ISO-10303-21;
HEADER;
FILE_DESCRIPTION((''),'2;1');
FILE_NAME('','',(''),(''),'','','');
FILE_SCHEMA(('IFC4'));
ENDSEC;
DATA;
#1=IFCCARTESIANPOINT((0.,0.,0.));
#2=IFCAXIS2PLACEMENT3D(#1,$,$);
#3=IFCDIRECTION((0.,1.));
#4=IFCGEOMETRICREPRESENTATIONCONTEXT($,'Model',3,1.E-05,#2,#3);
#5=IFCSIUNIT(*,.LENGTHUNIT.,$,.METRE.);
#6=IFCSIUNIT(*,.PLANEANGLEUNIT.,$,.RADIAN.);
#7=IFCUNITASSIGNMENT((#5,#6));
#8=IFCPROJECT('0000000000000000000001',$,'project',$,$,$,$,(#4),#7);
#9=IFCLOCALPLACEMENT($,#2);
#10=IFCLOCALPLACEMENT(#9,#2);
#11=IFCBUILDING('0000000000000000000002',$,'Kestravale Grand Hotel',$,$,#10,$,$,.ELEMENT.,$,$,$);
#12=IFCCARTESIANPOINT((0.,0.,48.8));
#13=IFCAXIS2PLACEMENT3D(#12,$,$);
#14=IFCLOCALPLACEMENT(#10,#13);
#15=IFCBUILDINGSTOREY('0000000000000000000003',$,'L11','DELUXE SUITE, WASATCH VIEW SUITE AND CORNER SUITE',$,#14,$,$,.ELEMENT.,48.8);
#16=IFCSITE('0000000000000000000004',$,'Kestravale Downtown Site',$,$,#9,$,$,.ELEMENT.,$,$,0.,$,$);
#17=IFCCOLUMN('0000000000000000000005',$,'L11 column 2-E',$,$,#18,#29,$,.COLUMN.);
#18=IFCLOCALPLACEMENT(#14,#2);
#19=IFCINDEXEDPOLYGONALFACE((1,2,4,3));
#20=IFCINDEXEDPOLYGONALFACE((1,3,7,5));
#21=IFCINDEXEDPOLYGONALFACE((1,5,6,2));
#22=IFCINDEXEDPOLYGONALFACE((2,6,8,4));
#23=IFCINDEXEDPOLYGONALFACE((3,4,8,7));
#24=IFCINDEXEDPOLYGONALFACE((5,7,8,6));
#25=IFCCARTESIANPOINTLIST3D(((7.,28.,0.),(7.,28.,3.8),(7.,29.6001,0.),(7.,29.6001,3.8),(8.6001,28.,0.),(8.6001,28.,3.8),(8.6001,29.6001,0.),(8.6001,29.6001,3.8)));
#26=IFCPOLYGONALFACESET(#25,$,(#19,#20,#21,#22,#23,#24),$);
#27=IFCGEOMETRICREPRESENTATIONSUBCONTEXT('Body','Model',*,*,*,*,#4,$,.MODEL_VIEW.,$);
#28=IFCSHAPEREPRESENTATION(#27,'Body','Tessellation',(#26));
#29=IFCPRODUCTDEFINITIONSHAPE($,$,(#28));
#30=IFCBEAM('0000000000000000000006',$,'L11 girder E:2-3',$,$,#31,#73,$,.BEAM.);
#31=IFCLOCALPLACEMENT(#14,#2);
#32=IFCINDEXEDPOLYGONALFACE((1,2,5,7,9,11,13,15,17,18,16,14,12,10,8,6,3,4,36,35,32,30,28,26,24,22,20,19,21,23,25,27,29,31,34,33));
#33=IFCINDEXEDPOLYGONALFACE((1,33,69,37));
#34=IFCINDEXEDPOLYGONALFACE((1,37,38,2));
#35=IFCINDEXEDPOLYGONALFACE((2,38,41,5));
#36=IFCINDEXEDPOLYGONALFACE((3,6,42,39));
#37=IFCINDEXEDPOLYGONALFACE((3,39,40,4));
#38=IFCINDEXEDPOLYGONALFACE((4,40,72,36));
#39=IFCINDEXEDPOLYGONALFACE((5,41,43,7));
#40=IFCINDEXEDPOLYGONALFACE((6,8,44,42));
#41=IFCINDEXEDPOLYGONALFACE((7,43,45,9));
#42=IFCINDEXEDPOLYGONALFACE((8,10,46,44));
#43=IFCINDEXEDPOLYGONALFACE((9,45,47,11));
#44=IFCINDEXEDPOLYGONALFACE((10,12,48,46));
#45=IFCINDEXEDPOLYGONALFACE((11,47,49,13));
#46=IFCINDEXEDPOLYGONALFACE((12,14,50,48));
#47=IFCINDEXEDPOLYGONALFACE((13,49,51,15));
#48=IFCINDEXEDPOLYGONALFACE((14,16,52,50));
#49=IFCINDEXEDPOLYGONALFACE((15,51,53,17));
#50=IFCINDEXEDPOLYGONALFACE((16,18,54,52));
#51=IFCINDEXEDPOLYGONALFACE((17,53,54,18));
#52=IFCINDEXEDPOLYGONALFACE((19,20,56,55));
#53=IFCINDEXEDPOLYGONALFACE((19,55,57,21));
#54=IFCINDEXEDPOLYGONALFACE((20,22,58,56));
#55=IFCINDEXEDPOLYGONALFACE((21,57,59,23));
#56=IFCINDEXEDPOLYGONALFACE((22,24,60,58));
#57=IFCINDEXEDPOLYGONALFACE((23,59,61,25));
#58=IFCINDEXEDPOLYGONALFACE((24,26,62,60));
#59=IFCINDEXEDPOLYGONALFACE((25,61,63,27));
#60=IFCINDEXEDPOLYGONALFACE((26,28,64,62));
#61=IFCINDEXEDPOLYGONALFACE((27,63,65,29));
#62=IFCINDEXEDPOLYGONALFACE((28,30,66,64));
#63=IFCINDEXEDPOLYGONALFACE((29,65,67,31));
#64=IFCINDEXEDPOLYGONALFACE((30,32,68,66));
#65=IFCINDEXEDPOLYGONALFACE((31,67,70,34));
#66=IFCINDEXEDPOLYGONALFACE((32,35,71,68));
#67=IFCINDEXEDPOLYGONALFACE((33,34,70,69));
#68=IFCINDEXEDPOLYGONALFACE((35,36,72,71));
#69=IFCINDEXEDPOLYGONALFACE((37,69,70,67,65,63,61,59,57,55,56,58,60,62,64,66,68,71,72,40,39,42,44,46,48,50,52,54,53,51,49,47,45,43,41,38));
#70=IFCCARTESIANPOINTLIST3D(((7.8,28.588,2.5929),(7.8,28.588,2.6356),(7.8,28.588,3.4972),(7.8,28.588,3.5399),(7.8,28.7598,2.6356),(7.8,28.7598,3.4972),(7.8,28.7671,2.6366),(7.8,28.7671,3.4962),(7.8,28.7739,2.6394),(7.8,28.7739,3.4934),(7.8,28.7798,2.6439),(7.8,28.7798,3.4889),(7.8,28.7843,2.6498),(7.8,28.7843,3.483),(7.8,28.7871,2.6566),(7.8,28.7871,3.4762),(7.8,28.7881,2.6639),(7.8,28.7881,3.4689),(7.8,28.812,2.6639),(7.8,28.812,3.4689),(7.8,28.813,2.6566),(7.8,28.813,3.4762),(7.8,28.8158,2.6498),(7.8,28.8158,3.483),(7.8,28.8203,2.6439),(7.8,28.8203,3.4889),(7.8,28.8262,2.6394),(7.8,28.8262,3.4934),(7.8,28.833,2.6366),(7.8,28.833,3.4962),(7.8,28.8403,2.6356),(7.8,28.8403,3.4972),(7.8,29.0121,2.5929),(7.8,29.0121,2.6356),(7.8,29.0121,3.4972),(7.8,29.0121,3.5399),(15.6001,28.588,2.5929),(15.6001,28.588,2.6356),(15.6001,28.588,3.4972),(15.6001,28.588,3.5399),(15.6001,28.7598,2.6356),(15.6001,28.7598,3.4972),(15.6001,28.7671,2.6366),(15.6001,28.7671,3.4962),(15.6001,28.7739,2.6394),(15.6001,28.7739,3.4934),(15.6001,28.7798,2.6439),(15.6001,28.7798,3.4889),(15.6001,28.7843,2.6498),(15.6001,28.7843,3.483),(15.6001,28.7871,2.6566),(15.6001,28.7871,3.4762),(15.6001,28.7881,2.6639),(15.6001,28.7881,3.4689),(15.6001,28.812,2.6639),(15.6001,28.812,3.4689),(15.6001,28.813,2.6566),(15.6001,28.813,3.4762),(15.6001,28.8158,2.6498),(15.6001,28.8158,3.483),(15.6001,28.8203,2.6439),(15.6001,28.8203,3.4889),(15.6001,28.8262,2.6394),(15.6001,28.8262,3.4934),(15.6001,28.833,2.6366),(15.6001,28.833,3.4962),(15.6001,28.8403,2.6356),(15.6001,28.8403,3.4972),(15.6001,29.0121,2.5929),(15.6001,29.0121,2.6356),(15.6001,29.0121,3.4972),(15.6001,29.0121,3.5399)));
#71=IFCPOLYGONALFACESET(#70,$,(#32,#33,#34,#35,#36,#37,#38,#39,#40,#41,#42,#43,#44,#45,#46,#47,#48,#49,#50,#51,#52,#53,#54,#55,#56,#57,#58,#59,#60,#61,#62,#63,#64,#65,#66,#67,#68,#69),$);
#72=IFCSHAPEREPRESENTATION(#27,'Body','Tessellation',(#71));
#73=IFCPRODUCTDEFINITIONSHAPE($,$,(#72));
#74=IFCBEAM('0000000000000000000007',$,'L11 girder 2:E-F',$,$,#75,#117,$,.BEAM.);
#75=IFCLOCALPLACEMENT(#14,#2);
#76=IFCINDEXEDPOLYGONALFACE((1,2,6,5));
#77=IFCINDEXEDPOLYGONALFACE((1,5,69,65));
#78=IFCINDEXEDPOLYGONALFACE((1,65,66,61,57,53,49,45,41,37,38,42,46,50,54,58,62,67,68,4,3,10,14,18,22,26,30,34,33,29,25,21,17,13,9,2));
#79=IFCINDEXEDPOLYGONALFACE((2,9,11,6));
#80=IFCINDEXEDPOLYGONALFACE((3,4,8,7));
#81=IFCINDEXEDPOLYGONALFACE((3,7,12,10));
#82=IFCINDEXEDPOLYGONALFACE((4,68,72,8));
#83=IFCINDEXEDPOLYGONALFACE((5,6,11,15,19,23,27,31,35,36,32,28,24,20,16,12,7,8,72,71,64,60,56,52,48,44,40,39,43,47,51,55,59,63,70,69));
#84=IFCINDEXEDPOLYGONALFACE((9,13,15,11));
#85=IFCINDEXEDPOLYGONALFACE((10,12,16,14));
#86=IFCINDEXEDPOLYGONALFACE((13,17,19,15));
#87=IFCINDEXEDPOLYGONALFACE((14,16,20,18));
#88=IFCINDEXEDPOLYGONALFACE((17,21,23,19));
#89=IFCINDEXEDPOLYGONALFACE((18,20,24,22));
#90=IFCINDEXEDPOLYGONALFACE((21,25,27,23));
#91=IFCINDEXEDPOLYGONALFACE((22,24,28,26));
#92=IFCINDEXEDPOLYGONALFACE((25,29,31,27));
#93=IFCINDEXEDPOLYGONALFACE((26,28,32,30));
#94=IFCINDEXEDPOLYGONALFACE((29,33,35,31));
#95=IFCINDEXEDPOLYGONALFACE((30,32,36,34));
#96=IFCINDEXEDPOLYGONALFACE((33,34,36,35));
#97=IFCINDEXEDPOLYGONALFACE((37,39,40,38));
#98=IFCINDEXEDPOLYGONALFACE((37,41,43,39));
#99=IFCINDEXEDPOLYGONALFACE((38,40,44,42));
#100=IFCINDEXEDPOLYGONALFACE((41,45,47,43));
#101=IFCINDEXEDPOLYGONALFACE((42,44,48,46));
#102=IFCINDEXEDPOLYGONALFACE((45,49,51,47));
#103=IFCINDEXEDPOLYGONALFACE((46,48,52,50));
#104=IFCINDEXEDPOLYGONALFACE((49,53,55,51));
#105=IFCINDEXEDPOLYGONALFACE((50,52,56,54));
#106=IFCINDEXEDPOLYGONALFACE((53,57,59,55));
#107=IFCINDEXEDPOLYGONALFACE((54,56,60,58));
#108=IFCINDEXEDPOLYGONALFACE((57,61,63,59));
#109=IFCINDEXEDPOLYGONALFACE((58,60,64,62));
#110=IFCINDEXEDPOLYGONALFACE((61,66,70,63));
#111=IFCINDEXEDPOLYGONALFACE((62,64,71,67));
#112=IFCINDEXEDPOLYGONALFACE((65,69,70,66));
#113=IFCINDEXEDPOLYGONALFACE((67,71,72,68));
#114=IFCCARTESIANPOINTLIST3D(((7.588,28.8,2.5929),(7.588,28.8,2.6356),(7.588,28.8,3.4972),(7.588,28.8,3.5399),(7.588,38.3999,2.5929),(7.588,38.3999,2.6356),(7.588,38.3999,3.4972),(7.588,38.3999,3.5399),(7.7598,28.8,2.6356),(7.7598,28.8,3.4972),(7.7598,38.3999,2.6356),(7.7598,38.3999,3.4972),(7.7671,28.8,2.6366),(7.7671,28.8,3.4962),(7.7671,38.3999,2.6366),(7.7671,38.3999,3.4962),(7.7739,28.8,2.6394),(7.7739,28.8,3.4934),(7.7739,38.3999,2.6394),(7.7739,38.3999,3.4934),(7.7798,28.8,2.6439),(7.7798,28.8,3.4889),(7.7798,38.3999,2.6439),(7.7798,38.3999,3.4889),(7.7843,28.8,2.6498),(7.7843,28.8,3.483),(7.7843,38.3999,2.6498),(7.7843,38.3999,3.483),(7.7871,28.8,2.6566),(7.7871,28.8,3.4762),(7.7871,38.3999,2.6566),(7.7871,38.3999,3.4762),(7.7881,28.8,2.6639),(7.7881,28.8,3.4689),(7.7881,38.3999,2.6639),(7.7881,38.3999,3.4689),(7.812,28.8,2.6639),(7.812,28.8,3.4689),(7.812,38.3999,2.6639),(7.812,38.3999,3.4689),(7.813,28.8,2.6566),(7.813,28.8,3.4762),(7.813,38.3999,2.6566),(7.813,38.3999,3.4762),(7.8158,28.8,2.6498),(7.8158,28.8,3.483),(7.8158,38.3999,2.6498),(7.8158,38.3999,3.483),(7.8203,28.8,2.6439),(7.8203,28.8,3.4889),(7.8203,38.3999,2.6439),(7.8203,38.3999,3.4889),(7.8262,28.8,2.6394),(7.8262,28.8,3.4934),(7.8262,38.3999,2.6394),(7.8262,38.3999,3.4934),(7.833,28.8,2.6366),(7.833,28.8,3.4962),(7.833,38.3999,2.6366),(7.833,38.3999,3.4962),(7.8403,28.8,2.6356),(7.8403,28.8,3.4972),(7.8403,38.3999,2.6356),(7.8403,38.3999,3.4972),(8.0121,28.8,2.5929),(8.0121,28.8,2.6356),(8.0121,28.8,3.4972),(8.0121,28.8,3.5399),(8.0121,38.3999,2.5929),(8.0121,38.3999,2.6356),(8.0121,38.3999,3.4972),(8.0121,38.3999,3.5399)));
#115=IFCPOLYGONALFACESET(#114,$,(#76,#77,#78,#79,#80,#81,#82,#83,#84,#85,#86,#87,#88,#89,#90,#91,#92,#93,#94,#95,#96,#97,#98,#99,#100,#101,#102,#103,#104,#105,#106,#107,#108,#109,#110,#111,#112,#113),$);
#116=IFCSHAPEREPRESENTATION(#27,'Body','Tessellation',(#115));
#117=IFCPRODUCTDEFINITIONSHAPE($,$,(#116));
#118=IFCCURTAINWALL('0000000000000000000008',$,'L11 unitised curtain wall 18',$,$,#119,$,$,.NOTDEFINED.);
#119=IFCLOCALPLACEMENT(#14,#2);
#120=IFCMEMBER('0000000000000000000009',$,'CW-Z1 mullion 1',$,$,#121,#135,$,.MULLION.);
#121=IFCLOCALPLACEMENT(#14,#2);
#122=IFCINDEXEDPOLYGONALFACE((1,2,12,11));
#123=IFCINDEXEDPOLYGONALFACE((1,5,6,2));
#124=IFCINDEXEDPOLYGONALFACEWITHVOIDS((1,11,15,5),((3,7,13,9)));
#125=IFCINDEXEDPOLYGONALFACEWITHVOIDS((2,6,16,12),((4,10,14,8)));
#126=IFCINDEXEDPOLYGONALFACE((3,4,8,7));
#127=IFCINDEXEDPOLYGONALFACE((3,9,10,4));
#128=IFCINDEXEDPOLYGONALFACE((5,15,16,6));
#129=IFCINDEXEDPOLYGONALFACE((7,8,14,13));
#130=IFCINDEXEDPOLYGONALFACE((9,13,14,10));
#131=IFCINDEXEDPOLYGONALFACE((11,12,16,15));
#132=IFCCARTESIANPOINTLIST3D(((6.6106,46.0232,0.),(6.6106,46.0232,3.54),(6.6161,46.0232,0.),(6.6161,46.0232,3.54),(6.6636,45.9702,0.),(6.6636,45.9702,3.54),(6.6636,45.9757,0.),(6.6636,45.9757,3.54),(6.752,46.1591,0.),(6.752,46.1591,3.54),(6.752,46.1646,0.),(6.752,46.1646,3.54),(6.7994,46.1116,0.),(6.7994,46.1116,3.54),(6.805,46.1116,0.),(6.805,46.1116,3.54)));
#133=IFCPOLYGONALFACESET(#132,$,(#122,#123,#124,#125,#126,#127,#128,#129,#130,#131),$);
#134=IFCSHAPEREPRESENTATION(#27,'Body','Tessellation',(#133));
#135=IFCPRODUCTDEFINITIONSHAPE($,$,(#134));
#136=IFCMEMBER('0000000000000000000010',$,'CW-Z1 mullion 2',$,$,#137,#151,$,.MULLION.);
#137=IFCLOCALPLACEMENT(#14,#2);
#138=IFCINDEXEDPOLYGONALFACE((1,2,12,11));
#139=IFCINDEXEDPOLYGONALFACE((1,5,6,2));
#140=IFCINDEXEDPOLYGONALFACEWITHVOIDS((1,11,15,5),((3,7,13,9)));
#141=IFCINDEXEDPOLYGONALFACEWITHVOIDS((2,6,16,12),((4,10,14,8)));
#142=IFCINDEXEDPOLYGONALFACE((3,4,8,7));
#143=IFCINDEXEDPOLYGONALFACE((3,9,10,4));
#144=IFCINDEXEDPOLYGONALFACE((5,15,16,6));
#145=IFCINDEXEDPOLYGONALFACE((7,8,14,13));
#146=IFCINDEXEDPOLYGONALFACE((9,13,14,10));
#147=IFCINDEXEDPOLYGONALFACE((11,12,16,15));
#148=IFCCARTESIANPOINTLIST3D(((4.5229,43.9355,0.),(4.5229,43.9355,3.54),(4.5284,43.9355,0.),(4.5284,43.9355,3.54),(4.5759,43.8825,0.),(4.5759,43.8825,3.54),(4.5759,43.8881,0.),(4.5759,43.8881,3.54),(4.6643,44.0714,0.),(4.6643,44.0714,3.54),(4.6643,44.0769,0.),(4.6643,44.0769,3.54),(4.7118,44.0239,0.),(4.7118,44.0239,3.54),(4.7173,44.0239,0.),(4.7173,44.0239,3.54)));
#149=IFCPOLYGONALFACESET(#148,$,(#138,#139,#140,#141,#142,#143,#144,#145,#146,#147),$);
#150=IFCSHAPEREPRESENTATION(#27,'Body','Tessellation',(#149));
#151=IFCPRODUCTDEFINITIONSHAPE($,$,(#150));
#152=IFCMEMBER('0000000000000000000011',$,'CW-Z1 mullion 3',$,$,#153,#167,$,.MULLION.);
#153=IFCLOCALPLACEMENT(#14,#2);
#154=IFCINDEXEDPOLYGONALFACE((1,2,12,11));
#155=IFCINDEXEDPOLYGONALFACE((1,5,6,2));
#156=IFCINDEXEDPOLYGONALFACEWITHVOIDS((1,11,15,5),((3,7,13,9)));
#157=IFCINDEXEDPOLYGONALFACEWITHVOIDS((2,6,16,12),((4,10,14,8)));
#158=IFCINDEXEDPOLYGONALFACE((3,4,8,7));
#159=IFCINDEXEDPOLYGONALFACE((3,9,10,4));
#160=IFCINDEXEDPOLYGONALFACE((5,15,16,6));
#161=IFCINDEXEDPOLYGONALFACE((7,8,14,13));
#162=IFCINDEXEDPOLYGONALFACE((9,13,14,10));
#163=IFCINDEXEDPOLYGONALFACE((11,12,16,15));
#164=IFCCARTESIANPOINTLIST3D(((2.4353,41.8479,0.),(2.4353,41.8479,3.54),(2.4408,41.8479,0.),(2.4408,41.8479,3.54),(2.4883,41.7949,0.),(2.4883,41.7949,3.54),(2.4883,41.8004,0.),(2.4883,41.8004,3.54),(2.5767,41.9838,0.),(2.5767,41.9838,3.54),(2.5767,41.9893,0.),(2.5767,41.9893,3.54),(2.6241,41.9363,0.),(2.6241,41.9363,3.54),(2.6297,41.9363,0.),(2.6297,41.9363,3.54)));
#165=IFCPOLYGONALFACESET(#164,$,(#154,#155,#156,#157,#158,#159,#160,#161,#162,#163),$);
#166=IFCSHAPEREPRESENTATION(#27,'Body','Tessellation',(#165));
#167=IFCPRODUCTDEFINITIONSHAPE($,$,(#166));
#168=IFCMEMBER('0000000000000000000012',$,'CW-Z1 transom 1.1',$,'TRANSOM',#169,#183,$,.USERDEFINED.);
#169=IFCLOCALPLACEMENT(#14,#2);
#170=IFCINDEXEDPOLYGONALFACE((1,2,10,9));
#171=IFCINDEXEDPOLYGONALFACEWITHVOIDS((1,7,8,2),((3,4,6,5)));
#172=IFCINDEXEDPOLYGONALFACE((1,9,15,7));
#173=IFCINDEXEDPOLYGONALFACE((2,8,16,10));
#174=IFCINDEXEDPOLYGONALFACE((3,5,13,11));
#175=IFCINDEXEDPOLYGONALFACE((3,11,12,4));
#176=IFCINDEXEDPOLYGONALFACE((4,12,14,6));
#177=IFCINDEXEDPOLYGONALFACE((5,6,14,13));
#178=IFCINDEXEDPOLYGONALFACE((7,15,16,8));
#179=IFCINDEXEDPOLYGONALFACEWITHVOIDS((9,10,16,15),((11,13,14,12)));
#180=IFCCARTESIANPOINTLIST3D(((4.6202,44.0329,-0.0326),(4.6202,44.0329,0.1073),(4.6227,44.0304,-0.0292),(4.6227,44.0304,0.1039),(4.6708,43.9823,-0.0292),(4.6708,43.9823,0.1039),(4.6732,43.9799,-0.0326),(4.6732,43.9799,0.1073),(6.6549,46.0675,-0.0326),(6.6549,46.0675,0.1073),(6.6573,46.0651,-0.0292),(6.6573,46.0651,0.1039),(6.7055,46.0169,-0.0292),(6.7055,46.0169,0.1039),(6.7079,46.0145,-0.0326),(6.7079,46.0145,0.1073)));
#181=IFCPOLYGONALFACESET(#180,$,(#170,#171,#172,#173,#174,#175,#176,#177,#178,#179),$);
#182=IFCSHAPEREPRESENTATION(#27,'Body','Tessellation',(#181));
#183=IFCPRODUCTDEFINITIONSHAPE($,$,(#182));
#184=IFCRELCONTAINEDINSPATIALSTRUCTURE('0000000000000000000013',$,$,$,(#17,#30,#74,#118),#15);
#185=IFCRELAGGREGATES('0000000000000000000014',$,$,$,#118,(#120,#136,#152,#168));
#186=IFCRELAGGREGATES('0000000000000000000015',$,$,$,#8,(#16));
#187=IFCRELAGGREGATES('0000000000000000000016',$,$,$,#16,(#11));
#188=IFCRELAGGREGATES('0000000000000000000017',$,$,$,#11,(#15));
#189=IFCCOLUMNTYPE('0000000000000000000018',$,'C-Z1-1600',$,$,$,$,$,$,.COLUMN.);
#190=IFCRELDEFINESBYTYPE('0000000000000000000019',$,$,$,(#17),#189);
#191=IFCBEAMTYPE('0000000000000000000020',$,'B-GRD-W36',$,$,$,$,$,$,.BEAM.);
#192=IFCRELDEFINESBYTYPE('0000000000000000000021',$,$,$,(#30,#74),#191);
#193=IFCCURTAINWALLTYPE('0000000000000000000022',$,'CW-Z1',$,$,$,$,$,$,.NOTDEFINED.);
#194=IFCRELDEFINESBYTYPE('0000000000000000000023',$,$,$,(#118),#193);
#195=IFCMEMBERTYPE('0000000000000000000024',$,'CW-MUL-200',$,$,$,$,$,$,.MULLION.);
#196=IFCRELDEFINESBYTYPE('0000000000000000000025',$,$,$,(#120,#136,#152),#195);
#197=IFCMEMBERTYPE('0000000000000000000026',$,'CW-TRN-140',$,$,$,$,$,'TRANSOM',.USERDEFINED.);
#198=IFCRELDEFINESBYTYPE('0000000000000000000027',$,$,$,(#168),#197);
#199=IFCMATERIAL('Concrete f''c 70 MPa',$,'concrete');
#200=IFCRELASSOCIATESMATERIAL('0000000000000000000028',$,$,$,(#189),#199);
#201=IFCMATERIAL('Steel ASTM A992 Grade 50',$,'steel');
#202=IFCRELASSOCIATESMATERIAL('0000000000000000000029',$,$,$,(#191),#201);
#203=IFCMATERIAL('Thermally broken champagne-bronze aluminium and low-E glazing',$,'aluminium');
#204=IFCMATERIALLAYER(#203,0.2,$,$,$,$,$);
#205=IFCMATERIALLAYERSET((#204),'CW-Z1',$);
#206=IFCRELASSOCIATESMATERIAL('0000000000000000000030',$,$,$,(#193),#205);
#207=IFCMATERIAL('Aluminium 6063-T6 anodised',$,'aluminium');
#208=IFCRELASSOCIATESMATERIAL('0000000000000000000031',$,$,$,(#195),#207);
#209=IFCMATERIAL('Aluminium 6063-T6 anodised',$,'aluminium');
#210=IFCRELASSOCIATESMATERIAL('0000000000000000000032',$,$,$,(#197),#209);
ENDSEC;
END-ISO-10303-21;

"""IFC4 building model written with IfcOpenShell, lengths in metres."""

from ifc_helpers import new_model, si_unit, direction, frame, origin, origin_2d, place, context, subcontext, project, spatial, rectangle, hollow_rectangle, i_section, extrude, material, layer, layer_set, material_profile, profile_set, type_object, element, aggregate, save


model = new_model("IFC4")

# Units and contexts
model_context = context("Model", 3, precision=1e-05, world=origin(), true_north=direction((0.0, 1.0)))
body_context = subcontext(model_context, "Body", "Model", "MODEL_VIEW")
ifc_project = project(units=[si_unit("LENGTHUNIT", "METRE"), si_unit("PLANEANGLEUNIT", "RADIAN")], contexts=[model_context])

# Site, building, storey
site_placement = place(None, origin())
site = spatial("IfcSite", under=ifc_project, at=site_placement, Name="Kestravale Downtown Site", CompositionType="ELEMENT", RefElevation=0.0)
building_placement = place(site_placement, origin())
building = spatial("IfcBuilding", under=site, at=building_placement, Name="Kestravale Grand Hotel", CompositionType="ELEMENT")
storey_placement = place(building_placement, frame((0.0, 0.0, 48.8)))
storey = spatial("IfcBuildingStorey", under=building, at=storey_placement, Name="L11", Description="DELUXE SUITE, WASATCH VIEW SUITE AND CORNER SUITE", CompositionType="ELEMENT", Elevation=48.8)

# Column
ifc_material_1 = material(Name="Concrete f'c 70 MPa", Category="concrete")
ifc_material_profile_1 = material_profile(ifc_material_1, rectangle(XDim=1.6001, YDim=1.6001, at=origin_2d()))
ifc_profile_set_1 = profile_set([ifc_material_profile_1], Name="Concrete f'c 70 MPa")
column_type = type_object("IfcColumnType", Name="C-Z1-1600", PredefinedType="COLUMN", material=ifc_profile_set_1)
column_placement = place(storey_placement, frame((7.8, 28.8, 0.0), z_axis=(0.0, 0.0, 1.0), x_axis=(1.0, 0.0, 0.0)))
element("IfcColumn", 1, at=column_placement, inside=storey, type_object=column_type, Name="L11 column 2-E", PredefinedType="COLUMN", context=body_context, shape_type="SweptSolid", body=[
    extrude(rectangle(XDim=1.6001, YDim=1.6001, at=origin_2d()), origin(), (0.0, 0.0, 1.0), 3.8),
])

# Beams
ifc_material_2 = material(Name="Steel ASTM A992 Grade 50", Category="steel")
ifc_material_profile_2 = material_profile(ifc_material_2, i_section(OverallWidth=0.4241, OverallDepth=0.947, WebThickness=0.0239, FlangeThickness=0.0427, FilletRadius=0.0283, at=origin_2d()))
ifc_profile_set_2 = profile_set([ifc_material_profile_2], Name="Steel ASTM A992 Grade 50")
beam_type = type_object("IfcBeamType", Name="B-GRD-W36", PredefinedType="BEAM", material=ifc_profile_set_2)
beam_1_placement = place(storey_placement, frame((7.8, 28.8, 3.0664), z_axis=(1.0, 0.0, 0.0), x_axis=(0.0, 1.0, 0.0)))
element("IfcBeam", 2, at=beam_1_placement, inside=storey, type_object=beam_type, Name="L11 girder E:2-3", PredefinedType="BEAM", context=body_context, shape_type="SweptSolid", body=[
    extrude(i_section(OverallWidth=0.4241, OverallDepth=0.947, WebThickness=0.0239, FlangeThickness=0.0427, FilletRadius=0.0283, at=origin_2d()), origin(), (0.0, 0.0, 1.0), 7.8),
])
beam_2_placement = place(storey_placement, frame((7.8, 28.8, 3.0664), z_axis=(0.0, 1.0, 0.0), x_axis=(-1.0, 0.0, 0.0)))
element("IfcBeam", 3, at=beam_2_placement, inside=storey, type_object=beam_type, Name="L11 girder 2:E-F", PredefinedType="BEAM", context=body_context, shape_type="SweptSolid", body=[
    extrude(i_section(OverallWidth=0.4241, OverallDepth=0.947, WebThickness=0.0239, FlangeThickness=0.0427, FilletRadius=0.0283, at=origin_2d()), origin(), (0.0, 0.0, 1.0), 9.5999),
])

# Curtain wall, members
ifc_material_3 = material(Name="Thermally broken champagne-bronze aluminium and low-E glazing", Category="aluminium")
ifc_layer_1 = layer(ifc_material_3, 0.2)
ifc_layer_set_1 = layer_set([ifc_layer_1], Name="CW-Z1")
curtain_wall_type = type_object("IfcCurtainWallType", Name="CW-Z1", PredefinedType="NOTDEFINED", material=ifc_layer_set_1)
curtain_wall_placement = place(storey_placement, origin())
curtain_wall = element("IfcCurtainWall", 4, at=curtain_wall_placement, inside=storey, type_object=curtain_wall_type, Name="L11 unitised curtain wall 18", PredefinedType="NOTDEFINED")
ifc_material_4 = material(Name="Aluminium 6063-T6 anodised", Category="aluminium")
ifc_material_profile_3 = material_profile(ifc_material_4, hollow_rectangle(XDim=0.075, YDim=0.2, WallThickness=0.0039, at=origin_2d()))
ifc_profile_set_3 = profile_set([ifc_material_profile_3], Name="Aluminium 6063-T6 anodised")
member_type_1 = type_object("IfcMemberType", Name="CW-MUL-200", PredefinedType="MULLION", material=ifc_profile_set_3)
member_1_placement = place(storey_placement, frame((6.7078, 46.0674, 0.0), z_axis=(0.0, 0.0, 1.0), x_axis=(0.707107, -0.707107, 0.0)))
member_1 = element("IfcMember", 5, at=member_1_placement, type_object=member_type_1, Name="CW-Z1 mullion 1", PredefinedType="MULLION", context=body_context, shape_type="SweptSolid", body=[
    extrude(hollow_rectangle(XDim=0.075, YDim=0.2, WallThickness=0.0039, at=origin_2d()), origin(), (0.0, 0.0, 1.0), 3.54),
])
member_2_placement = place(storey_placement, frame((4.6201, 43.9797, 0.0), z_axis=(0.0, 0.0, 1.0), x_axis=(0.707107, -0.707107, 0.0)))
member_2 = element("IfcMember", 6, at=member_2_placement, type_object=member_type_1, Name="CW-Z1 mullion 2", PredefinedType="MULLION", context=body_context, shape_type="SweptSolid", body=[
    extrude(hollow_rectangle(XDim=0.075, YDim=0.2, WallThickness=0.0039, at=origin_2d()), origin(), (0.0, 0.0, 1.0), 3.54),
])
member_3_placement = place(storey_placement, frame((2.5325, 41.8921, 0.0), z_axis=(0.0, 0.0, 1.0), x_axis=(0.707107, -0.707107, 0.0)))
member_3 = element("IfcMember", 7, at=member_3_placement, type_object=member_type_1, Name="CW-Z1 mullion 3", PredefinedType="MULLION", context=body_context, shape_type="SweptSolid", body=[
    extrude(hollow_rectangle(XDim=0.075, YDim=0.2, WallThickness=0.0039, at=origin_2d()), origin(), (0.0, 0.0, 1.0), 3.54),
])
ifc_material_5 = material(Name="Aluminium 6063-T6 anodised", Category="aluminium")
ifc_material_profile_4 = material_profile(ifc_material_5, hollow_rectangle(XDim=0.075, YDim=0.1399, WallThickness=0.0034, at=origin_2d()))
ifc_profile_set_4 = profile_set([ifc_material_profile_4], Name="Aluminium 6063-T6 anodised")
member_type_2 = type_object("IfcMemberType", Name="CW-TRN-140", ElementType="TRANSOM", PredefinedType="USERDEFINED", material=ifc_profile_set_4)
member_4_placement = place(storey_placement, frame((6.6814, 46.041, 0.0374), z_axis=(-0.707107, -0.707107, 0.0), x_axis=(0.707107, -0.707107, 0.0)))
member_4 = element("IfcMember", 8, at=member_4_placement, type_object=member_type_2, Name="CW-Z1 transom 1.1", ObjectType="TRANSOM", PredefinedType="USERDEFINED", context=body_context, shape_type="SweptSolid", body=[
    extrude(hollow_rectangle(XDim=0.075, YDim=0.1399, WallThickness=0.0034, at=origin_2d()), origin(), (0.0, 0.0, 1.0), 2.8774),
])
aggregate(curtain_wall, [member_1, member_2, member_3, member_4])

save(model, "model.ifc")
